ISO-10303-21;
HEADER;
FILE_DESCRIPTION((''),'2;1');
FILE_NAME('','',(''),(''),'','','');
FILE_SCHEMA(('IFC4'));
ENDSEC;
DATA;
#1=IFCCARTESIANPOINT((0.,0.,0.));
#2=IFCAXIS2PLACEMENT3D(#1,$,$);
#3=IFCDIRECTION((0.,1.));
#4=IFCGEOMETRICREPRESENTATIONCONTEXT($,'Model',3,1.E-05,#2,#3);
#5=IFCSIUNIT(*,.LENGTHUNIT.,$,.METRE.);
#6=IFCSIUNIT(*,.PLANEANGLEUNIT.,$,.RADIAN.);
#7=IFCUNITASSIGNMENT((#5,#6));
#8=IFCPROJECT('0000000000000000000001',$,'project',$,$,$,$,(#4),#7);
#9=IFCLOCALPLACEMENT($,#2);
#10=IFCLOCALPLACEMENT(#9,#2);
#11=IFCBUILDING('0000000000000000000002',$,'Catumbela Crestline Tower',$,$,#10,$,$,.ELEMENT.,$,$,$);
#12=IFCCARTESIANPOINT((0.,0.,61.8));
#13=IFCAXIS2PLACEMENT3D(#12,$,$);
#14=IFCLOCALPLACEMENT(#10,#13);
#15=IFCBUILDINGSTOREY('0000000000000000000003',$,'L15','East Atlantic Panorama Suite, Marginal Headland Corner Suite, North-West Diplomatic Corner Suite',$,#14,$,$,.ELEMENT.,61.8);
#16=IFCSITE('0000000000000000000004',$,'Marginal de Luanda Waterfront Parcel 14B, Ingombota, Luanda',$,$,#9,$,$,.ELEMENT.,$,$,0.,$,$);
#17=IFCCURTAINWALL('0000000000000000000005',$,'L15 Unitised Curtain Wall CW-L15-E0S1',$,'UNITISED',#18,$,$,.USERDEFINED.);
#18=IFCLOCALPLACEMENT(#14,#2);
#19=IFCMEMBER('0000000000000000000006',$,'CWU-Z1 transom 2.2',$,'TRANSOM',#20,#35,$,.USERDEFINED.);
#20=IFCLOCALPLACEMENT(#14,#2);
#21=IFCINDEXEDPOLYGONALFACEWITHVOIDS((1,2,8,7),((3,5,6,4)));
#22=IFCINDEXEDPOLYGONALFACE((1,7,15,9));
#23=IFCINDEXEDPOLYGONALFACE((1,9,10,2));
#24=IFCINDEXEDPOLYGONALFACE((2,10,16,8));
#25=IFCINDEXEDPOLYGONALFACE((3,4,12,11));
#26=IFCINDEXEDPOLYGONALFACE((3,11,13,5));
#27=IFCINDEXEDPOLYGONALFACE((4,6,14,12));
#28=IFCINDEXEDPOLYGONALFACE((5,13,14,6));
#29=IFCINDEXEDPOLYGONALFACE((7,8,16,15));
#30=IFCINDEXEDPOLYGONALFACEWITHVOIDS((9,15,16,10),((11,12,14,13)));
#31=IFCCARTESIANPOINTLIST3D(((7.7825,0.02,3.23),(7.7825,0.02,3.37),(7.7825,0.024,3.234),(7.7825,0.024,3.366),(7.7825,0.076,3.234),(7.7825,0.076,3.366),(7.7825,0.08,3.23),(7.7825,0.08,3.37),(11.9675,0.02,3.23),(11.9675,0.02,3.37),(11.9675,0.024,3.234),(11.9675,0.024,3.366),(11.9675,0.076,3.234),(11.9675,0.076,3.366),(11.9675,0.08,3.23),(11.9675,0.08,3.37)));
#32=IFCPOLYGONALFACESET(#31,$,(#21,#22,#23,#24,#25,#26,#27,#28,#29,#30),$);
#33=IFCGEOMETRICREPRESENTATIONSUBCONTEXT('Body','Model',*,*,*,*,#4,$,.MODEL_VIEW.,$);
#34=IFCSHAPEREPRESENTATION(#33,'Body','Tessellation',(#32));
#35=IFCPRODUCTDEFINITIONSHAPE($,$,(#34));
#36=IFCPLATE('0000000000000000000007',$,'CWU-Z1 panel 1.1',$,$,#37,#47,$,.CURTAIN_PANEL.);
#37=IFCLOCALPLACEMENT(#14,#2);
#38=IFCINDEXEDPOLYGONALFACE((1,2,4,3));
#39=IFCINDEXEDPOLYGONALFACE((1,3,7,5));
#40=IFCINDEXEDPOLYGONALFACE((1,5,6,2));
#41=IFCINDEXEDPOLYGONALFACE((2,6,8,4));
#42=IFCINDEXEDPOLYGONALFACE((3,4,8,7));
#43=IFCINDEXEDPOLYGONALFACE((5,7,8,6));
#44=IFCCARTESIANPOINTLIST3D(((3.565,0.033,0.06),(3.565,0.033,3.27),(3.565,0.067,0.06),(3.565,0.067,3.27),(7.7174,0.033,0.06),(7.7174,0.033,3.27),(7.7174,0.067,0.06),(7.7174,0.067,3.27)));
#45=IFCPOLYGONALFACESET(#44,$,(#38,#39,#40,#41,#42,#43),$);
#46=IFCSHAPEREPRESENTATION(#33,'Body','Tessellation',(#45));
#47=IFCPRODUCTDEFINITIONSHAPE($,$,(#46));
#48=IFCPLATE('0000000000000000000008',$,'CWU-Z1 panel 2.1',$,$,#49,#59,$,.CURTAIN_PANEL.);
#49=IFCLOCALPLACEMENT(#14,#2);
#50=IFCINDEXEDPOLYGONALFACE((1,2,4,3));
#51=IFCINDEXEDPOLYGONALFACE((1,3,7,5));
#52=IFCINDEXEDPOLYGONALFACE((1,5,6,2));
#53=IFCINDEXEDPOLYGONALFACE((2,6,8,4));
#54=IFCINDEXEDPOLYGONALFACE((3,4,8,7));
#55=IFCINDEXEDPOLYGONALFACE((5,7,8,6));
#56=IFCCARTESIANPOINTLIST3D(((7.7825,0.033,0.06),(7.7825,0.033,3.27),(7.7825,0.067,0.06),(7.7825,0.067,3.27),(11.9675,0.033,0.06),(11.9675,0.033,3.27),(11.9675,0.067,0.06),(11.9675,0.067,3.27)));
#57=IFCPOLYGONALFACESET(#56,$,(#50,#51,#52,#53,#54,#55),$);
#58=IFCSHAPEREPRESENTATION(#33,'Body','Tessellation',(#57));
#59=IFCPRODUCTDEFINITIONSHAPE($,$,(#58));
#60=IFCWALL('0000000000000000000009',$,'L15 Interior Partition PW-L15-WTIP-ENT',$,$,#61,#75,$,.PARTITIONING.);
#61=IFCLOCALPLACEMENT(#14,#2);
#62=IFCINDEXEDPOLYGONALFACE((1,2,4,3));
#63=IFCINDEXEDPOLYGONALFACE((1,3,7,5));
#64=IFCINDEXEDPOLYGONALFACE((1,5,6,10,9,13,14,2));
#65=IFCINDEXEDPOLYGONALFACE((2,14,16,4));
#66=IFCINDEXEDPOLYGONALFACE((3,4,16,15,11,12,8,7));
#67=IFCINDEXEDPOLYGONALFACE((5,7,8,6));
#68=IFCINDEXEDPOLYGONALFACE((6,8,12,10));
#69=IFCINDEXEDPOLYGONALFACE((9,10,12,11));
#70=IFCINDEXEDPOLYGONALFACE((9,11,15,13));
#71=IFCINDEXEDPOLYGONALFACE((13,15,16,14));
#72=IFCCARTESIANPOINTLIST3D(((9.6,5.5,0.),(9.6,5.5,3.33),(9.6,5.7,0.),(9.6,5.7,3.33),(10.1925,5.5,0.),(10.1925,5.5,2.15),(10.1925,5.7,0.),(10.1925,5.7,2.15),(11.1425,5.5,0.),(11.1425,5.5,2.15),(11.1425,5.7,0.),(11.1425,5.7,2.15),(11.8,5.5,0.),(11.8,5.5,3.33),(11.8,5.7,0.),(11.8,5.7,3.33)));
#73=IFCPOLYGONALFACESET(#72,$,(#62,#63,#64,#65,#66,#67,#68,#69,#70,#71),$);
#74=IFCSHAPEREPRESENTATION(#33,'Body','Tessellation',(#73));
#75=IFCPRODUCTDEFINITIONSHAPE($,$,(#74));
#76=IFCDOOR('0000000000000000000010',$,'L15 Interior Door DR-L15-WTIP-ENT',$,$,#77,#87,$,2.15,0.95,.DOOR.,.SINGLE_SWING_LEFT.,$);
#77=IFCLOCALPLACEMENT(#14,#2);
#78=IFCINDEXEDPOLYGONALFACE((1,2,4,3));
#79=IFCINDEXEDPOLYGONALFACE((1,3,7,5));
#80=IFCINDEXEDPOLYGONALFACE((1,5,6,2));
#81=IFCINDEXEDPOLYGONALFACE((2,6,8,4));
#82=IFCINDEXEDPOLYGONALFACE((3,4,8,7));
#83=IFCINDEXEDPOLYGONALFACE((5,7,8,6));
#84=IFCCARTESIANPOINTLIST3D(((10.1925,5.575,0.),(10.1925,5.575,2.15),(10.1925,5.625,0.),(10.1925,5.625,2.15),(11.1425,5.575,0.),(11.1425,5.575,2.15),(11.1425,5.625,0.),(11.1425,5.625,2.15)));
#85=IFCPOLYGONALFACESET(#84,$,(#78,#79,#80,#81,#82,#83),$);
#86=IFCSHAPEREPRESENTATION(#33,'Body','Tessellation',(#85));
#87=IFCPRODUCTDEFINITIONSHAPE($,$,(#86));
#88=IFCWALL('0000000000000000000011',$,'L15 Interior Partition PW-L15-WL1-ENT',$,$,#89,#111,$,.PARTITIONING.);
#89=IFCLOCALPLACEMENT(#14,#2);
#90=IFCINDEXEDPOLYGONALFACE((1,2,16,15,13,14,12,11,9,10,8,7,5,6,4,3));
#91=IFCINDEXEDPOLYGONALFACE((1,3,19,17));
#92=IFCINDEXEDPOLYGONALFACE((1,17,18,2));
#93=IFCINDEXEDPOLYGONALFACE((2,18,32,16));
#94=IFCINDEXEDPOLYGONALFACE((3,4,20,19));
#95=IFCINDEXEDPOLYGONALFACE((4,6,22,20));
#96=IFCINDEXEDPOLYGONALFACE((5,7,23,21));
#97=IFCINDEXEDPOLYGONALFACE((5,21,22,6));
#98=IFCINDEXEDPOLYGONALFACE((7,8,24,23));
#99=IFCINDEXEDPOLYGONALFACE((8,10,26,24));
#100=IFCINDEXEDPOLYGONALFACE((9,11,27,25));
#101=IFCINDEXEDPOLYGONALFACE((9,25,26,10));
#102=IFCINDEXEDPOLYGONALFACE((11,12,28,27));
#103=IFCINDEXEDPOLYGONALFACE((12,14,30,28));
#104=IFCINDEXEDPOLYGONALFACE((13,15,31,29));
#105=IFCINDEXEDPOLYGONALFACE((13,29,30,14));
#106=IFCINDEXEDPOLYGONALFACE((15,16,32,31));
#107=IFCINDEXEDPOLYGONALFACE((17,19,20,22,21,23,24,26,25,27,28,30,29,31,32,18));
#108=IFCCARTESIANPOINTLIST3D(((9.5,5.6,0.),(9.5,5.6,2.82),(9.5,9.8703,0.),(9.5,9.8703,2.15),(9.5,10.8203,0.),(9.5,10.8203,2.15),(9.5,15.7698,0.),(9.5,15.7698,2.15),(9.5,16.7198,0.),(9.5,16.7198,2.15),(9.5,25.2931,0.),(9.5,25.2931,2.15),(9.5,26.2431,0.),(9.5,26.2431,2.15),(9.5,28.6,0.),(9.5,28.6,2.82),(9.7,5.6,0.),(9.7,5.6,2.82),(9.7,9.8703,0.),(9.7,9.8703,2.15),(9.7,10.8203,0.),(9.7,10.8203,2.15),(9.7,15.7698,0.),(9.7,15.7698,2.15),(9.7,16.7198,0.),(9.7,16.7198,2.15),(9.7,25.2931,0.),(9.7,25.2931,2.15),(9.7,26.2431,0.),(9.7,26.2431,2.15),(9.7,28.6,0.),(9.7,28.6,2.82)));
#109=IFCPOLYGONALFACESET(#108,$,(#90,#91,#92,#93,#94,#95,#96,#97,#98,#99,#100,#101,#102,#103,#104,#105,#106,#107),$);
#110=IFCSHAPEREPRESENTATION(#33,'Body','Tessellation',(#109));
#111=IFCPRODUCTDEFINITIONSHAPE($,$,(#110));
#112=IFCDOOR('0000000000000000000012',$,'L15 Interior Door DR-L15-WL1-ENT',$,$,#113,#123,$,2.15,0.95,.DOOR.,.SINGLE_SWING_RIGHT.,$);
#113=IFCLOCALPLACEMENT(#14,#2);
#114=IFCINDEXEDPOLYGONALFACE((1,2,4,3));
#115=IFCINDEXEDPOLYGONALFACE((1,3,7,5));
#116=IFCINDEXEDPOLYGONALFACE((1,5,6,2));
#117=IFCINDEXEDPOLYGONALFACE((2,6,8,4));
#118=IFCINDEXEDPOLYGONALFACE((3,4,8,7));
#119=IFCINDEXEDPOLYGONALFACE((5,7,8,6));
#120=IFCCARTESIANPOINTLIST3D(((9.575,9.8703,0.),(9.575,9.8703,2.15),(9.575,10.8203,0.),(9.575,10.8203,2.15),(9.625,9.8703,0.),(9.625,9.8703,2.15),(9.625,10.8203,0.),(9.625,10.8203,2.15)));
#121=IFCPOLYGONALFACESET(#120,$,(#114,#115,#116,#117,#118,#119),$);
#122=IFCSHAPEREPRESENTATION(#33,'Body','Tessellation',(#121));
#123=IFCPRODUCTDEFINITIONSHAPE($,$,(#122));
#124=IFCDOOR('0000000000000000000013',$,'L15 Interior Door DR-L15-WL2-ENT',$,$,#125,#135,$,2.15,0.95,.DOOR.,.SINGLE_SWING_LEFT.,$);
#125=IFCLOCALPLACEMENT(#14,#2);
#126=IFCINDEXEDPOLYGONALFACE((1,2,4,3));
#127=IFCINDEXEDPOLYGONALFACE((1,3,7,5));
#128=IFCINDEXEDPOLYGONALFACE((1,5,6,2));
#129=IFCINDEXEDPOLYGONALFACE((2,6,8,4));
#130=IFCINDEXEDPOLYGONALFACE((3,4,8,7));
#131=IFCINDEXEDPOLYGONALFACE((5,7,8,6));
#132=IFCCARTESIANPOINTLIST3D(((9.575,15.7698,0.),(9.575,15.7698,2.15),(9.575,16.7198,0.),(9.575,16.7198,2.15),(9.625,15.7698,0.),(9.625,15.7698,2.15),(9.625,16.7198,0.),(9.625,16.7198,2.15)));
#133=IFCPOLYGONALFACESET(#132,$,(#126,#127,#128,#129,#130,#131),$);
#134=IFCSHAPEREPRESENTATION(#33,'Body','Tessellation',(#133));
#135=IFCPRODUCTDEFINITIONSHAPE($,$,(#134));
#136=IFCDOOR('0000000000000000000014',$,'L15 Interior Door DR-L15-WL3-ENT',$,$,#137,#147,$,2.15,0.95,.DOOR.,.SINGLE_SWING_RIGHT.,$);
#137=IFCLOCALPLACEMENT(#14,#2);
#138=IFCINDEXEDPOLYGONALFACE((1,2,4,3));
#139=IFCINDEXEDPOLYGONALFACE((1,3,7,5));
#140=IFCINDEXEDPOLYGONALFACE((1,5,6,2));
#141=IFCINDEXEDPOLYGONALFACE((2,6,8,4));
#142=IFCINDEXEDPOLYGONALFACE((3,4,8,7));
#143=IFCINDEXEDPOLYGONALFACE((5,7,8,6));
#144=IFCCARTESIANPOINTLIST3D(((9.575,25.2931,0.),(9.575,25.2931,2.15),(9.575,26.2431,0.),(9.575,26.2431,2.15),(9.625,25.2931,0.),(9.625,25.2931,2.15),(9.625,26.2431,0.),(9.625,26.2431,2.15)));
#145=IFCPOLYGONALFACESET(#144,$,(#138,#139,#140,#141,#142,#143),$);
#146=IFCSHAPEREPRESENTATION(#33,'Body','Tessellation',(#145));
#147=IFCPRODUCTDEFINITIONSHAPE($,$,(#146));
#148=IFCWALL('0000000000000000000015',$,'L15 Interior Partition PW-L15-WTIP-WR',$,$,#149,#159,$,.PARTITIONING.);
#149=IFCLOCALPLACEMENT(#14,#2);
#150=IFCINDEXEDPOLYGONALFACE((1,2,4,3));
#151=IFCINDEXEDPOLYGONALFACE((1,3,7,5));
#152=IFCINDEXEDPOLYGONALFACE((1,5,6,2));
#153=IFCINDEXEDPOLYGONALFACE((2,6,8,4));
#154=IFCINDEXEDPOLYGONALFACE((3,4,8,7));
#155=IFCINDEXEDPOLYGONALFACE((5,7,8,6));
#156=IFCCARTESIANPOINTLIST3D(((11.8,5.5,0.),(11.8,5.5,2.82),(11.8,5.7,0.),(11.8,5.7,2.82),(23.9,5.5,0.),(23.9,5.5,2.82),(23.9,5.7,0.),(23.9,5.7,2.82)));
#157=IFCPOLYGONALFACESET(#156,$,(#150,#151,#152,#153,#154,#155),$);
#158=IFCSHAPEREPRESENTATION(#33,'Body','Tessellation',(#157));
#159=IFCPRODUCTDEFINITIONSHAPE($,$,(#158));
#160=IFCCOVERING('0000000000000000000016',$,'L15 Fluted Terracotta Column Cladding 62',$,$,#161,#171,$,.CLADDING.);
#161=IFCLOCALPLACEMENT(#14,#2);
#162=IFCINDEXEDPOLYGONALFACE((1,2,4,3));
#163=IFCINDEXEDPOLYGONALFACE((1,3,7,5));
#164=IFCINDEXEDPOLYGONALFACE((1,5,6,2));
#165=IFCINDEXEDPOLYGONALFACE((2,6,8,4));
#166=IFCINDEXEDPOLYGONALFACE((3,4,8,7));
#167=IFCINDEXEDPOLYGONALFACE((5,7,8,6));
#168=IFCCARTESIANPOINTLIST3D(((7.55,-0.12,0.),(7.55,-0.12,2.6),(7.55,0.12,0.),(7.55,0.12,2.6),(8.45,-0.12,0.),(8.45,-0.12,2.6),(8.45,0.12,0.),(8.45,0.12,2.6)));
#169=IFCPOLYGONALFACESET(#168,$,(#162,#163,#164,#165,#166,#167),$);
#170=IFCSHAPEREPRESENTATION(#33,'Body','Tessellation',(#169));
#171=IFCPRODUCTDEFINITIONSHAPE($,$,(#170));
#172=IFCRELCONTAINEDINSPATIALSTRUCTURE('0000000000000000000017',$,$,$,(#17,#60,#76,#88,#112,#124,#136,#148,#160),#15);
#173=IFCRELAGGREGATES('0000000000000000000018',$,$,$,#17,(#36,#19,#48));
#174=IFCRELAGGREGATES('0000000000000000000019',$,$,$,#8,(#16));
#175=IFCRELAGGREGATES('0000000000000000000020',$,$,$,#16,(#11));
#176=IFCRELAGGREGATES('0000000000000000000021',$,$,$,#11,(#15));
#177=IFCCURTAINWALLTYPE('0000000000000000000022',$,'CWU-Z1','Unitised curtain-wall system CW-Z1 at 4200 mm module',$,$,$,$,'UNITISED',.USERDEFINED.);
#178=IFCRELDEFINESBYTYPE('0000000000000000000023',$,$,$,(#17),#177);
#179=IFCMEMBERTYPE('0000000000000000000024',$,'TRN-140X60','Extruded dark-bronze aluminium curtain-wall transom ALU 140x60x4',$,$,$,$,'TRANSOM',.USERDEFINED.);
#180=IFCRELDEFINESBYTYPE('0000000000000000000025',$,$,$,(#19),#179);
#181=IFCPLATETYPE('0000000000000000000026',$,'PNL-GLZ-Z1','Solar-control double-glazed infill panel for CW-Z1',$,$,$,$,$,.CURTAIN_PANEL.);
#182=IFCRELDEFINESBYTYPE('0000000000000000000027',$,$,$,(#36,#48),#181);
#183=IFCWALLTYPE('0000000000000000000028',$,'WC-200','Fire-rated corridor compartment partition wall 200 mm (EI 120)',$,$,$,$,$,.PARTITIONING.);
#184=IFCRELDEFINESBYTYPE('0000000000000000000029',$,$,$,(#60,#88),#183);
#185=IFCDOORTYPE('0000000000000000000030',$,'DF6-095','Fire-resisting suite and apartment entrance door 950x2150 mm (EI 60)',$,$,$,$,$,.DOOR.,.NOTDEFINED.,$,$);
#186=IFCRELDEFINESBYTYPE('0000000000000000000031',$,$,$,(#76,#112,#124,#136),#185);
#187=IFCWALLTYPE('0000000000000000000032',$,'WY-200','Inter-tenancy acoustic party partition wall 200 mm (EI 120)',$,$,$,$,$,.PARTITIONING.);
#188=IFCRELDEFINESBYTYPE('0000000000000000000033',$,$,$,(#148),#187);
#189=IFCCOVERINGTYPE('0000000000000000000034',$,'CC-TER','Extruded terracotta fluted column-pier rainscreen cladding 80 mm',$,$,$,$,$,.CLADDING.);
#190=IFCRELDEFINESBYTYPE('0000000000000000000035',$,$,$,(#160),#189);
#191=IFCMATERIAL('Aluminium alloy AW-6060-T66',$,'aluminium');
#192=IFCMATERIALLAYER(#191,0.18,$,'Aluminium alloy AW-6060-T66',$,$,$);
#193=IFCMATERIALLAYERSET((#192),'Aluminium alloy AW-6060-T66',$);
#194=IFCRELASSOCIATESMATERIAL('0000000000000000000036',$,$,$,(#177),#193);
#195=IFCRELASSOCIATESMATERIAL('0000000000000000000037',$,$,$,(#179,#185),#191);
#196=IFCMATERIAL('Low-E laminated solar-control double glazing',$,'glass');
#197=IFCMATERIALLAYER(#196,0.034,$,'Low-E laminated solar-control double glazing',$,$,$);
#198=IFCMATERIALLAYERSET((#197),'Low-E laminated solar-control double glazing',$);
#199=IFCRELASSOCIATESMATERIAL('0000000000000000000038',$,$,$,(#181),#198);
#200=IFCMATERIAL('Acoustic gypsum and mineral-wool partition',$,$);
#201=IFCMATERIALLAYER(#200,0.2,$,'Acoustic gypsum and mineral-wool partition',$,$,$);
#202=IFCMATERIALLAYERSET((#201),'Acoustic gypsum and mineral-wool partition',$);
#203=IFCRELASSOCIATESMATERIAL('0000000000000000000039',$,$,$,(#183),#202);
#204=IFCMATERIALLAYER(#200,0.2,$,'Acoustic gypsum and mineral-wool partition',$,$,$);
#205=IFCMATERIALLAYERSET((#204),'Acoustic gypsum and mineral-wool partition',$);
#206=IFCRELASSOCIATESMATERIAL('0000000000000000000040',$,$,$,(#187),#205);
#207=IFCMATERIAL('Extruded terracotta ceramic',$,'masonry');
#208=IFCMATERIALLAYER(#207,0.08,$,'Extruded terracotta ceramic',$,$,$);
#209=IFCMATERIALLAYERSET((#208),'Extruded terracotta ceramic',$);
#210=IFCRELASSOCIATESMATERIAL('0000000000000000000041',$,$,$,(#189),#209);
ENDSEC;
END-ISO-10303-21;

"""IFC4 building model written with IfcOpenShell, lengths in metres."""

from ifc_helpers import new_model, si_unit, direction, frame, frame_2d, origin, origin_2d, place, context, subcontext, project, spatial, rectangle, hollow_rectangle, extrude, material, layer, layer_set, material_profile, profile_set, type_object, element, fill, aggregate, save


model = new_model("IFC4")

# Units and contexts
model_context = context("Model", 3, precision=1e-05, world=origin(), true_north=direction((0.0, 1.0)))
body_context = subcontext(model_context, "Body", "Model", "MODEL_VIEW")
ifc_project = project(units=[si_unit("LENGTHUNIT", "METRE"), si_unit("PLANEANGLEUNIT", "RADIAN")], contexts=[model_context])

# Site, building, storey
site_placement = place(None, origin())
site = spatial("IfcSite", under=ifc_project, at=site_placement, Name="Marginal de Luanda Waterfront Parcel 14B, Ingombota, Luanda", CompositionType="ELEMENT", RefElevation=0.0)
building_placement = place(site_placement, origin())
building = spatial("IfcBuilding", under=site, at=building_placement, Name="Catumbela Crestline Tower", CompositionType="ELEMENT")
storey_placement = place(building_placement, frame((0.0, 0.0, 61.8)))
storey = spatial("IfcBuildingStorey", under=building, at=storey_placement, Name="L15", Description="East Atlantic Panorama Suite, Marginal Headland Corner Suite, North-West Diplomatic Corner Suite", CompositionType="ELEMENT", Elevation=61.8)

# Curtain wall, member, plates
ifc_material_1 = material(Name="Aluminium alloy AW-6060-T66", Category="aluminium")
ifc_layer_1 = layer(ifc_material_1, 0.18, Name="Aluminium alloy AW-6060-T66")
ifc_layer_set_1 = layer_set([ifc_layer_1], Name="Aluminium alloy AW-6060-T66")
curtain_wall_type = type_object("IfcCurtainWallType", Name="CWU-Z1", Description="Unitised curtain-wall system CW-Z1 at 4200 mm module", ElementType="UNITISED", PredefinedType="USERDEFINED", material=ifc_layer_set_1)
curtain_wall_placement = place(storey_placement, origin())
curtain_wall = element("IfcCurtainWall", 1, at=curtain_wall_placement, inside=storey, type_object=curtain_wall_type, Name="L15 Unitised Curtain Wall CW-L15-E0S1", ObjectType="UNITISED", PredefinedType="USERDEFINED")
ifc_material_profile_1 = material_profile(ifc_material_1, hollow_rectangle(XDim=0.06, YDim=0.14, WallThickness=0.004, at=origin_2d()), Name="ALU 140x60x4")
ifc_profile_set_1 = profile_set([ifc_material_profile_1], Name="Aluminium alloy AW-6060-T66")
member_type_1 = type_object("IfcMemberType", Name="TRN-140X60", Description="Extruded dark-bronze aluminium curtain-wall transom ALU 140x60x4", ElementType="TRANSOM", PredefinedType="USERDEFINED", material=ifc_profile_set_1)
member_1_placement = place(storey_placement, frame((7.7825, 0.05, 3.3), z_axis=(1.0, 0.0, 0.0), x_axis=(0.0, 1.0, 0.0)))
member_1 = element("IfcMember", 2, at=member_1_placement, type_object=member_type_1, Name="CWU-Z1 transom 2.2", ObjectType="TRANSOM", PredefinedType="USERDEFINED", context=body_context, shape_type="SweptSolid", body=[
    extrude(hollow_rectangle(XDim=0.06, YDim=0.14, WallThickness=0.004, at=origin_2d()), origin(), (0.0, 0.0, 1.0), 4.185),
])
ifc_material_2 = material(Name="Low-E laminated solar-control double glazing", Category="glass")
ifc_layer_2 = layer(ifc_material_2, 0.034, Name="Low-E laminated solar-control double glazing")
ifc_layer_set_2 = layer_set([ifc_layer_2], Name="Low-E laminated solar-control double glazing")
plate_type = type_object("IfcPlateType", Name="PNL-GLZ-Z1", Description="Solar-control double-glazed infill panel for CW-Z1", PredefinedType="CURTAIN_PANEL", material=ifc_layer_set_2)
plate_1_placement = place(storey_placement, frame((5.6412, 0.05, 0.06), z_axis=(0.0, 0.0, 1.0), x_axis=(1.0, 0.0, 0.0)))
plate_1 = element("IfcPlate", 3, at=plate_1_placement, type_object=plate_type, Name="CWU-Z1 panel 1.1", PredefinedType="CURTAIN_PANEL", context=body_context, shape_type="SweptSolid", body=[
    extrude(rectangle(XDim=4.1525, YDim=0.034, at=origin_2d()), origin(), (0.0, 0.0, 1.0), 3.21),
])
plate_2_placement = place(storey_placement, frame((9.875, 0.05, 0.06), z_axis=(0.0, 0.0, 1.0), x_axis=(1.0, 0.0, 0.0)))
plate_2 = element("IfcPlate", 4, at=plate_2_placement, type_object=plate_type, Name="CWU-Z1 panel 2.1", PredefinedType="CURTAIN_PANEL", context=body_context, shape_type="SweptSolid", body=[
    extrude(rectangle(XDim=4.185, YDim=0.034, at=origin_2d()), origin(), (0.0, 0.0, 1.0), 3.21),
])
aggregate(curtain_wall, [plate_1, member_1, plate_2])

# Wall, opening, door
ifc_material_3 = material(Name="Acoustic gypsum and mineral-wool partition")
ifc_layer_3 = layer(ifc_material_3, 0.2, Name="Acoustic gypsum and mineral-wool partition")
ifc_layer_set_3 = layer_set([ifc_layer_3], Name="Acoustic gypsum and mineral-wool partition")
wall_type_1 = type_object("IfcWallType", Name="WC-200", Description="Fire-rated corridor compartment partition wall 200 mm (EI 120)", PredefinedType="PARTITIONING", material=ifc_layer_set_3)
wall_1_placement = place(storey_placement, frame((9.6, 5.6, 0.0), z_axis=(0.0, 0.0, 1.0), x_axis=(1.0, 0.0, 0.0)))
wall_1 = element("IfcWall", 5, at=wall_1_placement, inside=storey, type_object=wall_type_1, Name="L15 Interior Partition PW-L15-WTIP-ENT", PredefinedType="PARTITIONING", context=body_context, shape_type="SweptSolid", body=[
    extrude(rectangle(XDim=2.2, YDim=0.2, at=frame_2d((1.1, 0.0))), origin(), (0.0, 0.0, 1.0), 3.33),
])
opening_1_placement = place(wall_1_placement, frame((0.5925, 0.0, 0.0)))
opening_1 = element("IfcOpeningElement", 6, at=opening_1_placement, cuts=wall_1, PredefinedType="OPENING", context=body_context, shape_type="SweptSolid", body=[
    extrude(rectangle(XDim=0.95, YDim=2.15, at=frame_2d((0.475, 1.075))), frame((0.0, 0.11, 0.0), z_axis=(0.0, -1.0, 0.0), x_axis=(1.0, 0.0, 0.0)), (0.0, 0.0, 1.0), 0.22),
])
door_type = type_object("IfcDoorType", Name="DF6-095", Description="Fire-resisting suite and apartment entrance door 950x2150 mm (EI 60)", OperationType="NOTDEFINED", PredefinedType="DOOR", material=ifc_material_1)
door_1_placement = place(opening_1_placement, origin())
door_1 = element("IfcDoor", 7, at=door_1_placement, inside=storey, type_object=door_type, Name="L15 Interior Door DR-L15-WTIP-ENT", OperationType="SINGLE_SWING_LEFT", OverallHeight=2.15, OverallWidth=0.95, PredefinedType="DOOR", context=body_context, shape_type="SweptSolid", body=[
    extrude(rectangle(XDim=0.95, YDim=2.15, at=frame_2d((0.475, 1.075))), frame((0.0, 0.025, 0.0), z_axis=(0.0, -1.0, 0.0), x_axis=(1.0, 0.0, 0.0)), (0.0, 0.0, 1.0), 0.05),
])
fill(opening_1, door_1)

# Wall, openings, doors
wall_2_placement = place(storey_placement, frame((9.6, 5.6, 0.0), z_axis=(0.0, 0.0, 1.0), x_axis=(0.0, 1.0, 0.0)))
wall_2 = element("IfcWall", 8, at=wall_2_placement, inside=storey, type_object=wall_type_1, Name="L15 Interior Partition PW-L15-WL1-ENT", PredefinedType="PARTITIONING", context=body_context, shape_type="SweptSolid", body=[
    extrude(rectangle(XDim=23.0, YDim=0.2, at=frame_2d((11.5, 0.0))), origin(), (0.0, 0.0, 1.0), 2.82),
])
opening_2_placement = place(wall_2_placement, frame((4.2703, 0.0, 0.0)))
opening_2 = element("IfcOpeningElement", 9, at=opening_2_placement, cuts=wall_2, PredefinedType="OPENING", context=body_context, shape_type="SweptSolid", body=[
    extrude(rectangle(XDim=0.95, YDim=2.15, at=frame_2d((0.475, 1.075))), frame((0.0, 0.11, 0.0), z_axis=(0.0, -1.0, 0.0), x_axis=(1.0, 0.0, 0.0)), (0.0, 0.0, 1.0), 0.22),
])
opening_3_placement = place(wall_2_placement, frame((10.1698, 0.0, 0.0)))
opening_3 = element("IfcOpeningElement", 10, at=opening_3_placement, cuts=wall_2, PredefinedType="OPENING", context=body_context, shape_type="SweptSolid", body=[
    extrude(rectangle(XDim=0.95, YDim=2.15, at=frame_2d((0.475, 1.075))), frame((0.0, 0.11, 0.0), z_axis=(0.0, -1.0, 0.0), x_axis=(1.0, 0.0, 0.0)), (0.0, 0.0, 1.0), 0.22),
])
opening_4_placement = place(wall_2_placement, frame((19.6931, 0.0, 0.0)))
opening_4 = element("IfcOpeningElement", 11, at=opening_4_placement, cuts=wall_2, PredefinedType="OPENING", context=body_context, shape_type="SweptSolid", body=[
    extrude(rectangle(XDim=0.95, YDim=2.15, at=frame_2d((0.475, 1.075))), frame((0.0, 0.11, 0.0), z_axis=(0.0, -1.0, 0.0), x_axis=(1.0, 0.0, 0.0)), (0.0, 0.0, 1.0), 0.22),
])
door_2_placement = place(opening_2_placement, origin())
door_2 = element("IfcDoor", 12, at=door_2_placement, inside=storey, type_object=door_type, Name="L15 Interior Door DR-L15-WL1-ENT", OperationType="SINGLE_SWING_RIGHT", OverallHeight=2.15, OverallWidth=0.95, PredefinedType="DOOR", context=body_context, shape_type="SweptSolid", body=[
    extrude(rectangle(XDim=0.95, YDim=2.15, at=frame_2d((0.475, 1.075))), frame((0.0, 0.025, 0.0), z_axis=(0.0, -1.0, 0.0), x_axis=(1.0, 0.0, 0.0)), (0.0, 0.0, 1.0), 0.05),
])
fill(opening_2, door_2)
door_3_placement = place(opening_3_placement, origin())
door_3 = element("IfcDoor", 13, at=door_3_placement, inside=storey, type_object=door_type, Name="L15 Interior Door DR-L15-WL2-ENT", OperationType="SINGLE_SWING_LEFT", OverallHeight=2.15, OverallWidth=0.95, PredefinedType="DOOR", context=body_context, shape_type="SweptSolid", body=[
    extrude(rectangle(XDim=0.95, YDim=2.15, at=frame_2d((0.475, 1.075))), frame((0.0, 0.025, 0.0), z_axis=(0.0, -1.0, 0.0), x_axis=(1.0, 0.0, 0.0)), (0.0, 0.0, 1.0), 0.05),
])
fill(opening_3, door_3)
door_4_placement = place(opening_4_placement, origin())
door_4 = element("IfcDoor", 14, at=door_4_placement, inside=storey, type_object=door_type, Name="L15 Interior Door DR-L15-WL3-ENT", OperationType="SINGLE_SWING_RIGHT", OverallHeight=2.15, OverallWidth=0.95, PredefinedType="DOOR", context=body_context, shape_type="SweptSolid", body=[
    extrude(rectangle(XDim=0.95, YDim=2.15, at=frame_2d((0.475, 1.075))), frame((0.0, 0.025, 0.0), z_axis=(0.0, -1.0, 0.0), x_axis=(1.0, 0.0, 0.0)), (0.0, 0.0, 1.0), 0.05),
])
fill(opening_4, door_4)

# Wall
ifc_layer_4 = layer(ifc_material_3, 0.2, Name="Acoustic gypsum and mineral-wool partition")
ifc_layer_set_4 = layer_set([ifc_layer_4], Name="Acoustic gypsum and mineral-wool partition")
wall_type_2 = type_object("IfcWallType", Name="WY-200", Description="Inter-tenancy acoustic party partition wall 200 mm (EI 120)", PredefinedType="PARTITIONING", material=ifc_layer_set_4)
wall_3_placement = place(storey_placement, frame((11.8, 5.6, 0.0), z_axis=(0.0, 0.0, 1.0), x_axis=(1.0, 0.0, 0.0)))
element("IfcWall", 15, at=wall_3_placement, inside=storey, type_object=wall_type_2, Name="L15 Interior Partition PW-L15-WTIP-WR", PredefinedType="PARTITIONING", context=body_context, shape_type="SweptSolid", body=[
    extrude(rectangle(XDim=12.1, YDim=0.2, at=frame_2d((6.05, 0.0))), origin(), (0.0, 0.0, 1.0), 2.82),
])

# Covering
ifc_material_4 = material(Name="Extruded terracotta ceramic", Category="masonry")
ifc_layer_5 = layer(ifc_material_4, 0.08, Name="Extruded terracotta ceramic")
ifc_layer_set_5 = layer_set([ifc_layer_5], Name="Extruded terracotta ceramic")
covering_type = type_object("IfcCoveringType", Name="CC-TER", Description="Extruded terracotta fluted column-pier rainscreen cladding 80 mm", PredefinedType="CLADDING", material=ifc_layer_set_5)
covering_placement = place(storey_placement, frame((8.0, 0.0, 0.0), z_axis=(0.0, 0.0, 1.0), x_axis=(1.0, 0.0, 0.0)))
element("IfcCovering", 16, at=covering_placement, inside=storey, type_object=covering_type, Name="L15 Fluted Terracotta Column Cladding 62", PredefinedType="CLADDING", context=body_context, shape_type="SweptSolid", body=[
    extrude(rectangle(XDim=0.9, YDim=0.24, at=origin_2d()), origin(), (0.0, 0.0, 1.0), 2.6),
])

save(model, "model.ifc")
